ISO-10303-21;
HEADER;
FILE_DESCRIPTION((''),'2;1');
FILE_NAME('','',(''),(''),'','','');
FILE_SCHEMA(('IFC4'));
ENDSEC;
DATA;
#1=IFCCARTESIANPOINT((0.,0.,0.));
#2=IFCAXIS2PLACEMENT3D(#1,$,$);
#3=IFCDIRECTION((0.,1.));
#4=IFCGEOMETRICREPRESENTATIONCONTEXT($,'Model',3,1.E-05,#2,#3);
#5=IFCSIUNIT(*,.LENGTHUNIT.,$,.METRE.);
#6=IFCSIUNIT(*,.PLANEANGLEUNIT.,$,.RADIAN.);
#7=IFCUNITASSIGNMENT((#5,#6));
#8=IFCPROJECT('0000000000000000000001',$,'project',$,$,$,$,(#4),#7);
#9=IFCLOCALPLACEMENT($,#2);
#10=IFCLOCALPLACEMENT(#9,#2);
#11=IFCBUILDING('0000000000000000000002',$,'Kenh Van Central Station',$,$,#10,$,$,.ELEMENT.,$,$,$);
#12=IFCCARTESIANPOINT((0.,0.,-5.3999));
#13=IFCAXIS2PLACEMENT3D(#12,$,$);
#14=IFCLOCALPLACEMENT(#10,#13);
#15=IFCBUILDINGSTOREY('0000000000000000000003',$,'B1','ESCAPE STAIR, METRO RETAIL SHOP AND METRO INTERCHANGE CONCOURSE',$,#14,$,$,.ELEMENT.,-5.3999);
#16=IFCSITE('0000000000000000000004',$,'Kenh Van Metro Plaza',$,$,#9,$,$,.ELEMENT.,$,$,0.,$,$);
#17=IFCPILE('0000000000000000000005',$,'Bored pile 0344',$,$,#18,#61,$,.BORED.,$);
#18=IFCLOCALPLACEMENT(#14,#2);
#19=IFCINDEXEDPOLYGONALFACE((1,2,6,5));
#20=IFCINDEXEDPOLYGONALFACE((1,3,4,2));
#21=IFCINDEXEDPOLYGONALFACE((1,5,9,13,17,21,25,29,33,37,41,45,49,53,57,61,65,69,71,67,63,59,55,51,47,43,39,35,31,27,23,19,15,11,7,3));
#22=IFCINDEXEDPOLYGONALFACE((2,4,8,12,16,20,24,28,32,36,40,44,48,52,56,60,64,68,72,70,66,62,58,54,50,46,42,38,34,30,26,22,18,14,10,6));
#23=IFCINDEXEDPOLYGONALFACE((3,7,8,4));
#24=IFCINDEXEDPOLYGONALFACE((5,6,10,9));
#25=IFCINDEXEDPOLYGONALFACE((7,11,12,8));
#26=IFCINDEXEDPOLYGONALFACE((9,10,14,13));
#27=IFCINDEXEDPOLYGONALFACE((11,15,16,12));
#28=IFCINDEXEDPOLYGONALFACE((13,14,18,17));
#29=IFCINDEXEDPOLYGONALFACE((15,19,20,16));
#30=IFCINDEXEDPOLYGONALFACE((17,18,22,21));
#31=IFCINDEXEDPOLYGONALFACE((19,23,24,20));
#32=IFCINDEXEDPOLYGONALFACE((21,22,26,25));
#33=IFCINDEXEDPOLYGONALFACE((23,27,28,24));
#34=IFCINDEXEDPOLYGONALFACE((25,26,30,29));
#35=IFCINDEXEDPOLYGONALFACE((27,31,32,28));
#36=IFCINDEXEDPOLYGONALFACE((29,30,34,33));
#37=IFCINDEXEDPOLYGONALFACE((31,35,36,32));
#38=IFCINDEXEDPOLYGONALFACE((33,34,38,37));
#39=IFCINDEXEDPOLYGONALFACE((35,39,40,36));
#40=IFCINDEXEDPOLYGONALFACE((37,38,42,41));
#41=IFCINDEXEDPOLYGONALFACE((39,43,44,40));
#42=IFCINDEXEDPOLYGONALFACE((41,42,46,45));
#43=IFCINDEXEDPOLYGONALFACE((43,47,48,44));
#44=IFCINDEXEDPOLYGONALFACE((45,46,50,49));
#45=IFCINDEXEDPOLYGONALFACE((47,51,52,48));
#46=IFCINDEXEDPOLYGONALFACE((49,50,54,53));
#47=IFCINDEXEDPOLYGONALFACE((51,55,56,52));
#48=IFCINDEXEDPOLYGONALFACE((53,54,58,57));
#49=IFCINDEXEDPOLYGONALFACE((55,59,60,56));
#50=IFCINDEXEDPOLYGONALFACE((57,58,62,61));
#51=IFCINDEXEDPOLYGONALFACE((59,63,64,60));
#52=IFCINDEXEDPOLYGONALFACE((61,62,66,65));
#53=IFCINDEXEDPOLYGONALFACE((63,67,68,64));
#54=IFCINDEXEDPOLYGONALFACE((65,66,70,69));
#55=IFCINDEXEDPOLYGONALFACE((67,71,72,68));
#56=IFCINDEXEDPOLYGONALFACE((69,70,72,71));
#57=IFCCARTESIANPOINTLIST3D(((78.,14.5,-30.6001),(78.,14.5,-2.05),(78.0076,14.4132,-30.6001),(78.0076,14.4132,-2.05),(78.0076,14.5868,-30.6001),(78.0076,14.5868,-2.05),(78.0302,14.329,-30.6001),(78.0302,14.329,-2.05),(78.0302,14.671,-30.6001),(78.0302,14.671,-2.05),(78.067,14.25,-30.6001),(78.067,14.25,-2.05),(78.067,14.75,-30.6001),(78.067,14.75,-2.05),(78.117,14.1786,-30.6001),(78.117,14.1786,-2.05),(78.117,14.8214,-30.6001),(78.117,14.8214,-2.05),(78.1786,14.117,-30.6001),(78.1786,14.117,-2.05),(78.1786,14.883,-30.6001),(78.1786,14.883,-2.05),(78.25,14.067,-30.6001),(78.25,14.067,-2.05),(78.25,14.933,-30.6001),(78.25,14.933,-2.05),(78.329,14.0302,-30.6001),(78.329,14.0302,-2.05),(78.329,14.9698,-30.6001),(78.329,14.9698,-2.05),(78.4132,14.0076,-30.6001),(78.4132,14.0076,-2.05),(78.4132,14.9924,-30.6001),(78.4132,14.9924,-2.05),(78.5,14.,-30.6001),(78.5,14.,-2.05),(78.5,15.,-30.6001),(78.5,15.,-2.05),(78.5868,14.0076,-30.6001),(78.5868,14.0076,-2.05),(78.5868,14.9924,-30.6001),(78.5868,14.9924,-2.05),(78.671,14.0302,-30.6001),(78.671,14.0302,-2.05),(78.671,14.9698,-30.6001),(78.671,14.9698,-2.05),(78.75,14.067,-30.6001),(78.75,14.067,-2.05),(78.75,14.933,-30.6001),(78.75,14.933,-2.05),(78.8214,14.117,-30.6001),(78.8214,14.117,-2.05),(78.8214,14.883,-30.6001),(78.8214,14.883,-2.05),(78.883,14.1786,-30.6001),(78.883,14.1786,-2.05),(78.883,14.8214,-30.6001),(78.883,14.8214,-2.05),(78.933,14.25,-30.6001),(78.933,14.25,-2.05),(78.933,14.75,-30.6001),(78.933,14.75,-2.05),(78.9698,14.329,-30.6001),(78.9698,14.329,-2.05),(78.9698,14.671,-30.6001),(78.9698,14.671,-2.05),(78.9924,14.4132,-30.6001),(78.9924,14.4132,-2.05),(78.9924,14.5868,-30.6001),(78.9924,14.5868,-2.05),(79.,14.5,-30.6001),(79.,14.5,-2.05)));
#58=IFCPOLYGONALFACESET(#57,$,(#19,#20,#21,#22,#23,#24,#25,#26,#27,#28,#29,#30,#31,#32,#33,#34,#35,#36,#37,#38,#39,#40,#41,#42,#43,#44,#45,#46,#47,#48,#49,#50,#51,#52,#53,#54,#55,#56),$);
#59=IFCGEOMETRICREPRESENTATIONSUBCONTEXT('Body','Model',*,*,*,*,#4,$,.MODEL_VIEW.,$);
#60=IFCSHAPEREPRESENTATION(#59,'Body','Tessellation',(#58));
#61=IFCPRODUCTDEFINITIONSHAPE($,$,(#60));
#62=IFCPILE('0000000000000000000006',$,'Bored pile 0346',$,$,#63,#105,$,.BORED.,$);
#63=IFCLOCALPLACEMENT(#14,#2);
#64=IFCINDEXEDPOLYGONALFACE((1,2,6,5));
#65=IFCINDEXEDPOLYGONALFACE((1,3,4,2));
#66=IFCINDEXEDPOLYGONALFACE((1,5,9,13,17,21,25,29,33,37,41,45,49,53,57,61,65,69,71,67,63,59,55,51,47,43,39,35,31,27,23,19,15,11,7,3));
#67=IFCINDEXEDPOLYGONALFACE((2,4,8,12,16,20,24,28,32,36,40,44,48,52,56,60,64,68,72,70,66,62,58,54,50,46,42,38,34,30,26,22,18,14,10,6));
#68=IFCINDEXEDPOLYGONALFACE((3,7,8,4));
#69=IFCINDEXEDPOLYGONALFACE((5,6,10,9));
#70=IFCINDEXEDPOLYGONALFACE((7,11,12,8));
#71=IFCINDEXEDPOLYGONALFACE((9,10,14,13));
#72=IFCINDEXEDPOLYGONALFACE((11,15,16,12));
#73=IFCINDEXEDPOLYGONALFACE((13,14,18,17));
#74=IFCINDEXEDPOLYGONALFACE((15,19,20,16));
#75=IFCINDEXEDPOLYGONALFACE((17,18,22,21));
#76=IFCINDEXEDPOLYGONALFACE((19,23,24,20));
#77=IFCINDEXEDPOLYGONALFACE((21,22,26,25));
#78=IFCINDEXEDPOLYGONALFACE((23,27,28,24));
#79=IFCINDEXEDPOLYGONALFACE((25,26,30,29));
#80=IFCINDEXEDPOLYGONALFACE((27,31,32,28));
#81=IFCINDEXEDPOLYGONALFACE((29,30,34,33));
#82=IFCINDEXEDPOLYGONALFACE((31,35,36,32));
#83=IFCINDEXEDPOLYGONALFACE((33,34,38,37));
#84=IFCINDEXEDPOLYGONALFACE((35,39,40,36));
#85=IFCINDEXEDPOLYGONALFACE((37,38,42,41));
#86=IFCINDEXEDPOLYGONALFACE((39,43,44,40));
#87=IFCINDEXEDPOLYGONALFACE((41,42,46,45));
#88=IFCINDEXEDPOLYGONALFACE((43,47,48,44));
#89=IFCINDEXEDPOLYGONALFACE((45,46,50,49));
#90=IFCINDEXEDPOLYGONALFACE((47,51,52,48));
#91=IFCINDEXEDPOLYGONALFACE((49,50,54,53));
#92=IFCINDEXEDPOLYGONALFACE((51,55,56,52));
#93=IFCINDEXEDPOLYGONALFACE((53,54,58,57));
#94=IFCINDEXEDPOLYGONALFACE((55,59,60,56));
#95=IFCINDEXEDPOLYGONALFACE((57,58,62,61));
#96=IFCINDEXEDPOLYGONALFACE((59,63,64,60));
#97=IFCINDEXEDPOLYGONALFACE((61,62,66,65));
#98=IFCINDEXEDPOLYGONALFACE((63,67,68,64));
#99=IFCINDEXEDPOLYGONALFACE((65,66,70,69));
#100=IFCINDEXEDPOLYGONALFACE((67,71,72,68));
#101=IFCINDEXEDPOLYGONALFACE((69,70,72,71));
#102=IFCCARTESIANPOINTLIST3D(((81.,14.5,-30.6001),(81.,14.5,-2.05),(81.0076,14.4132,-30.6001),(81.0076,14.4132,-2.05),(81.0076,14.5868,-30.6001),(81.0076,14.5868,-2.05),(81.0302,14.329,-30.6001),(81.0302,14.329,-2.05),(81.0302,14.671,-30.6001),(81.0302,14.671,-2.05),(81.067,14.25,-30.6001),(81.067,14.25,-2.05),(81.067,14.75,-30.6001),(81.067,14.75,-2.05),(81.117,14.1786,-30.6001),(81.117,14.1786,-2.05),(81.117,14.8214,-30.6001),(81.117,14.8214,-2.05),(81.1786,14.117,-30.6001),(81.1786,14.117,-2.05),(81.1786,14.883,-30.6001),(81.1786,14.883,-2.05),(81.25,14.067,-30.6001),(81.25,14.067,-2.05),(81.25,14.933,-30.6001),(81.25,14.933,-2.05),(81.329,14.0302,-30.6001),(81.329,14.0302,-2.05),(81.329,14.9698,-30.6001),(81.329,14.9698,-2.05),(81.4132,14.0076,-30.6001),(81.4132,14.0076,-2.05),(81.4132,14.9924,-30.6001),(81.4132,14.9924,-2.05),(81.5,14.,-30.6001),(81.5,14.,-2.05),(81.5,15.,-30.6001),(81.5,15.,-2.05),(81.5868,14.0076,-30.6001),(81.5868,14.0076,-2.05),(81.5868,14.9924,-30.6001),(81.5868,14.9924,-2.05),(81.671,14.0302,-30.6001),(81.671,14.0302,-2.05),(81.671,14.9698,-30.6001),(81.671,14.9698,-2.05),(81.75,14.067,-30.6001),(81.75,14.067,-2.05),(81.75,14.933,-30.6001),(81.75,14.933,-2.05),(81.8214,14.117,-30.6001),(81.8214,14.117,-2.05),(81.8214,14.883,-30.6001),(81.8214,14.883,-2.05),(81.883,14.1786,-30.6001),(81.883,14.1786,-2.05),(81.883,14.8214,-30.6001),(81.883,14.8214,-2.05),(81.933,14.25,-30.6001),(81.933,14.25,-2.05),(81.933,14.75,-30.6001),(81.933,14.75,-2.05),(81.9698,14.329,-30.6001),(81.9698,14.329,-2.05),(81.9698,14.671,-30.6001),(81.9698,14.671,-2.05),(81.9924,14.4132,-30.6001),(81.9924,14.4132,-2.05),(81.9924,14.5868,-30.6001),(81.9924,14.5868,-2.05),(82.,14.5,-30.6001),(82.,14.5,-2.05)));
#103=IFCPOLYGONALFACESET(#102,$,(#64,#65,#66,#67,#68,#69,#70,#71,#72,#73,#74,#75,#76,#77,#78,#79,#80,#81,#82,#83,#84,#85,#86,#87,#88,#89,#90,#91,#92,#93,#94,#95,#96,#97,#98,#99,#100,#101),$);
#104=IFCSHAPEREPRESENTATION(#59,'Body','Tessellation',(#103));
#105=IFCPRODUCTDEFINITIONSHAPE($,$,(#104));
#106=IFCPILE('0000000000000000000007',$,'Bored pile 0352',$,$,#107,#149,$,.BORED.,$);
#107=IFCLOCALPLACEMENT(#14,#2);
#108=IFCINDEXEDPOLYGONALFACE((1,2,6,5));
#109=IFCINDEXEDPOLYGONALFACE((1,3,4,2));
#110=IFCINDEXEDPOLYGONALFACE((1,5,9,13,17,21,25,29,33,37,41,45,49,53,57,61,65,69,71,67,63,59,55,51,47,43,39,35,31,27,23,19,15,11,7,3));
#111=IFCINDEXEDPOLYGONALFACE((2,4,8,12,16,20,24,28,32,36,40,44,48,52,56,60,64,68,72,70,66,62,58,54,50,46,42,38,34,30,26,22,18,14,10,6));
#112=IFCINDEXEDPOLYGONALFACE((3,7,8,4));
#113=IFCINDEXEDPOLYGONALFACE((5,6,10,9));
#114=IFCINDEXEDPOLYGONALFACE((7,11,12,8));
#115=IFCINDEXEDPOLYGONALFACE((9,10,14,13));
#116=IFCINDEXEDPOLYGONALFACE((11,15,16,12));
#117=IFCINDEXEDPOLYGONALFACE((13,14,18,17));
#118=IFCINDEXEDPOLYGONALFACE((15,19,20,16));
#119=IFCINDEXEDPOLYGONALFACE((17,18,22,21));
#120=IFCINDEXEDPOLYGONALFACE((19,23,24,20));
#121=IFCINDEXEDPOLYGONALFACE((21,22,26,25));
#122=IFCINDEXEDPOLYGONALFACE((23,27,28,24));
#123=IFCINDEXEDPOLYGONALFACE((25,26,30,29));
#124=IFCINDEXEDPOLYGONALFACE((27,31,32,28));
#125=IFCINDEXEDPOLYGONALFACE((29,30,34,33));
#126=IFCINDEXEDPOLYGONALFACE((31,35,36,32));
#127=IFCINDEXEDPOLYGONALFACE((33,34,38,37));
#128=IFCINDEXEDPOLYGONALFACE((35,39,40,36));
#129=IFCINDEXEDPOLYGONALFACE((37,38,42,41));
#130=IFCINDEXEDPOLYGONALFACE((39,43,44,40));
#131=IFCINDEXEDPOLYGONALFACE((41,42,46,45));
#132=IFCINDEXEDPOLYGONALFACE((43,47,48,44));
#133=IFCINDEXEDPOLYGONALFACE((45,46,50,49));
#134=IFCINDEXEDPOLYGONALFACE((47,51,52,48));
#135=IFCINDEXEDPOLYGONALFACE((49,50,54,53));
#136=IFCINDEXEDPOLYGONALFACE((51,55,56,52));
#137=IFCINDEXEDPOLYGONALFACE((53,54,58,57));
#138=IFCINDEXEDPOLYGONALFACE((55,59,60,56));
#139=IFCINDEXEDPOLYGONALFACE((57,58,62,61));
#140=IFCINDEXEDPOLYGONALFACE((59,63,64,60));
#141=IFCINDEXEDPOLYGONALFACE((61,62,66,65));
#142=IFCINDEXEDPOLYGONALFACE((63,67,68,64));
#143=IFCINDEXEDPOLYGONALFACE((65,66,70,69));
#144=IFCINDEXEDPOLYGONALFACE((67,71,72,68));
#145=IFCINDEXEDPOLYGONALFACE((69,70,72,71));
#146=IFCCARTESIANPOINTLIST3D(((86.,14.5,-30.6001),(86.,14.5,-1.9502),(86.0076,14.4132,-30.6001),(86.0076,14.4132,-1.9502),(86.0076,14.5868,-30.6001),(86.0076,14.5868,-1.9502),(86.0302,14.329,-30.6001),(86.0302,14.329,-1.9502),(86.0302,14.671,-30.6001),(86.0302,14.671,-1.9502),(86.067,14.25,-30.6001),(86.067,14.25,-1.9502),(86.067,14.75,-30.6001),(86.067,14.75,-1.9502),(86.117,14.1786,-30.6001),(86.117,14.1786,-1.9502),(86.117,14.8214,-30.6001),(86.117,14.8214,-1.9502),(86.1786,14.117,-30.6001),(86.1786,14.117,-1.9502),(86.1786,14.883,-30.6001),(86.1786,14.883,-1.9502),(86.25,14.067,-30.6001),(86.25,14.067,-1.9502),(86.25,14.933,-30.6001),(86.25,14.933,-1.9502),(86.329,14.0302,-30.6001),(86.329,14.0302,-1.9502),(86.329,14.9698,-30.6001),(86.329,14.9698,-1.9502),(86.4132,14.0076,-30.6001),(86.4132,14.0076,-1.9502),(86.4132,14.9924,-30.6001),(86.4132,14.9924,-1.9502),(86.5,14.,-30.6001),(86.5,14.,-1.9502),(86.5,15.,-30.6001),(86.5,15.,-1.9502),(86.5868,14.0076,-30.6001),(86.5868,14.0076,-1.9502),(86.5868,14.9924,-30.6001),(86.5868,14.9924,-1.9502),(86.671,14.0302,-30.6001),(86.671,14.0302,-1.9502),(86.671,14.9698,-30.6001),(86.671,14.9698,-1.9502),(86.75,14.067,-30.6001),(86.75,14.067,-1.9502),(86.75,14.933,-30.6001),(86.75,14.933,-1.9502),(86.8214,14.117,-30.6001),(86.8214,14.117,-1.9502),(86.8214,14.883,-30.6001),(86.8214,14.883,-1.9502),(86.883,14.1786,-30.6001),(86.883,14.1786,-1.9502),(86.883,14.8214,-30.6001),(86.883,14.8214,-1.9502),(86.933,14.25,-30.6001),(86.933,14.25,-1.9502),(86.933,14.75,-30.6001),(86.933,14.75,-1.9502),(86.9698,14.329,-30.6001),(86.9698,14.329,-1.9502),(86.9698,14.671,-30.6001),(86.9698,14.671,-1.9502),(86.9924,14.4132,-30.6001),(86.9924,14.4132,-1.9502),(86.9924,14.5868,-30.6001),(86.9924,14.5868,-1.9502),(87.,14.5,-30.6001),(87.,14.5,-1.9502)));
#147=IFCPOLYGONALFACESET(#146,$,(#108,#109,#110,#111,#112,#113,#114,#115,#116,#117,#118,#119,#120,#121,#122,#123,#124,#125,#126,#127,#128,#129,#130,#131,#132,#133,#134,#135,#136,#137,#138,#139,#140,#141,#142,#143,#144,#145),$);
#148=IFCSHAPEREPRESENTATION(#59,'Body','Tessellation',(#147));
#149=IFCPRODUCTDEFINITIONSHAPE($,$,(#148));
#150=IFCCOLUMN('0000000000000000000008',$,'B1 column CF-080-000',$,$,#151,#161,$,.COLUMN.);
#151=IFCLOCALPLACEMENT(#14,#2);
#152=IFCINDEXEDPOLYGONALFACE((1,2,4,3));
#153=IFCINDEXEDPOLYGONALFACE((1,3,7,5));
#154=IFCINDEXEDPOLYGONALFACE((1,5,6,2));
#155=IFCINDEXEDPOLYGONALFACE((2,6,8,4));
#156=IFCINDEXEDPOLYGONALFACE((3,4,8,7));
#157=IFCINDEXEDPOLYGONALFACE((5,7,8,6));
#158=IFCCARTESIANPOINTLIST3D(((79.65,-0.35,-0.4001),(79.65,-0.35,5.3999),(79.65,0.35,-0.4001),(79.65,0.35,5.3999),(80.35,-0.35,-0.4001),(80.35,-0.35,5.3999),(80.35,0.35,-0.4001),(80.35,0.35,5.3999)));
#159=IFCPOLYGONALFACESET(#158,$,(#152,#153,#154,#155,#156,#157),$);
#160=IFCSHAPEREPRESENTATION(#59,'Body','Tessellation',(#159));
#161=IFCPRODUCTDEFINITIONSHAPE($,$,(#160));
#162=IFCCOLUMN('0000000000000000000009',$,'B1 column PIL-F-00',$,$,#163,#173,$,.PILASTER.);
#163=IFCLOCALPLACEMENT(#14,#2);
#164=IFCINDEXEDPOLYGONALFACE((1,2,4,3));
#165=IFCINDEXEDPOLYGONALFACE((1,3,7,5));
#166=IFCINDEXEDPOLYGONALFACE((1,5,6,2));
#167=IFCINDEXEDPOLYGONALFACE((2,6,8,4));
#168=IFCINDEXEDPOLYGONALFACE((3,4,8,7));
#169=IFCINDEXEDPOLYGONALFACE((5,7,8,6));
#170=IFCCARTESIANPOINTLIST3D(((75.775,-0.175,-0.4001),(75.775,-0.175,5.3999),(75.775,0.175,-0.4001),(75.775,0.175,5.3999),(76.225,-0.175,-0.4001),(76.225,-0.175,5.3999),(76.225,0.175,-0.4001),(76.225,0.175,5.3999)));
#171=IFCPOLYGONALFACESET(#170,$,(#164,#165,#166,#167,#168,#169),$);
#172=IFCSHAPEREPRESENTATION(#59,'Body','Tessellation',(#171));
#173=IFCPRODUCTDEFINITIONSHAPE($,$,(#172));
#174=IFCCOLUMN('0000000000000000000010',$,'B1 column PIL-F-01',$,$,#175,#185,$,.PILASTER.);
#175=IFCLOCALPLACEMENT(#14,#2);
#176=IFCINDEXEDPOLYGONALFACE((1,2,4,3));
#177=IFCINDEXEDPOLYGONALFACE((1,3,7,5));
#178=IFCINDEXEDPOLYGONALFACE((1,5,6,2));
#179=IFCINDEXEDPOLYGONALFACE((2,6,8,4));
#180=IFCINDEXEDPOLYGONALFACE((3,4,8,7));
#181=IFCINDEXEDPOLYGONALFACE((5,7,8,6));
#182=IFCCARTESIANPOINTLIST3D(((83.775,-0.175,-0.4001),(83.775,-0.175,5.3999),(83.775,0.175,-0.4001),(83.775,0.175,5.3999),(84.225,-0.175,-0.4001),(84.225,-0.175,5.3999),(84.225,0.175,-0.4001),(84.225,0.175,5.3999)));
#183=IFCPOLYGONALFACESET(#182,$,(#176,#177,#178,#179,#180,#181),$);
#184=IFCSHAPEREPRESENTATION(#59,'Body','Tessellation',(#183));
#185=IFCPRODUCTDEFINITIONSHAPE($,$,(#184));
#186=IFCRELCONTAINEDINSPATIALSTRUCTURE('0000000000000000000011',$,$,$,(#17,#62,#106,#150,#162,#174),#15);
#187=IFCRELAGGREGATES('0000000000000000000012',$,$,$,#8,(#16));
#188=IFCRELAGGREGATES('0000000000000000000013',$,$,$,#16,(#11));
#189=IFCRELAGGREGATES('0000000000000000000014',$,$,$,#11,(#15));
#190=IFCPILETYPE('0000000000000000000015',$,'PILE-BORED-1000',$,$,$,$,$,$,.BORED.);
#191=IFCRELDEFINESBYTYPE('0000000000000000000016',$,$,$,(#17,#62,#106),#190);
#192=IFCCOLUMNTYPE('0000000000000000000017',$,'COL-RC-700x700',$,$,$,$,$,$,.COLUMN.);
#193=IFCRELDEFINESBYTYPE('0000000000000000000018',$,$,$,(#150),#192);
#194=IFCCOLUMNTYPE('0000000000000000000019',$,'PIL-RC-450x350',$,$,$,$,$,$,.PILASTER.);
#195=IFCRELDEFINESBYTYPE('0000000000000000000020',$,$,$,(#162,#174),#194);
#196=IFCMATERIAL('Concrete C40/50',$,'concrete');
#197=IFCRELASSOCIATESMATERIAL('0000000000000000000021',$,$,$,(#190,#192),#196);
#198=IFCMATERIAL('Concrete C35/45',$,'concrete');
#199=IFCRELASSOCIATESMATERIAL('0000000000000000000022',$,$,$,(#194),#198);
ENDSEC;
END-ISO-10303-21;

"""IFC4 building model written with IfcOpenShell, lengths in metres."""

from ifc_helpers import new_model, si_unit, direction, frame, origin, origin_2d, place, context, subcontext, project, spatial, rectangle, circle, extrude, material, material_profile, profile_set, type_object, element, save


model = new_model("IFC4")

# Units and contexts
model_context = context("Model", 3, precision=1e-05, world=origin(), true_north=direction((0.0, 1.0)))
body_context = subcontext(model_context, "Body", "Model", "MODEL_VIEW")
ifc_project = project(units=[si_unit("LENGTHUNIT", "METRE"), si_unit("PLANEANGLEUNIT", "RADIAN")], contexts=[model_context])

# Site, building, storey
site_placement = place(None, origin())
site = spatial("IfcSite", under=ifc_project, at=site_placement, Name="Kenh Van Metro Plaza", CompositionType="ELEMENT", RefElevation=0.0)
building_placement = place(site_placement, origin())
building = spatial("IfcBuilding", under=site, at=building_placement, Name="Kenh Van Central Station", CompositionType="ELEMENT")
storey_placement = place(building_placement, frame((0.0, 0.0, -5.3999)))
storey = spatial("IfcBuildingStorey", under=building, at=storey_placement, Name="B1", Description="ESCAPE STAIR, METRO RETAIL SHOP AND METRO INTERCHANGE CONCOURSE", CompositionType="ELEMENT", Elevation=-5.3999)

# Shared definitions
ifc_material_1 = material(Name="Concrete C40/50", Category="concrete")

# Piles
ifc_material_profile_1 = material_profile(ifc_material_1, circle(Radius=0.5, at=origin_2d()), Name="PILE D1000")
ifc_profile_set_1 = profile_set([ifc_material_profile_1], Name="Concrete C40/50")
pile_type = type_object("IfcPileType", Name="PILE-BORED-1000", PredefinedType="BORED", material=ifc_profile_set_1)
for number, where, z_axis, x_axis, name in (
    (1, (78.5, 14.5, -2.05), (0.0, 0.0, -1.0), (1.0, 0.0, 0.0), "Bored pile 0344"),
    (2, (81.5, 14.5, -2.05), (0.0, 0.0, -1.0), (1.0, 0.0, 0.0), "Bored pile 0346"),
):
    element("IfcPile", number, at=place(storey_placement, frame(where, z_axis=z_axis, x_axis=x_axis)), inside=storey, type_object=pile_type, Name=name, PredefinedType="BORED", context=body_context, shape_type="SweptSolid", body=[
        extrude(circle(Radius=0.5, at=origin_2d()), origin(), (0.0, 0.0, 1.0), 28.55),
    ])
pile_1_placement = place(storey_placement, frame((86.5, 14.5, -1.9502), z_axis=(0.0, 0.0, -1.0), x_axis=(1.0, 0.0, 0.0)))
element("IfcPile", 3, at=pile_1_placement, inside=storey, type_object=pile_type, Name="Bored pile 0352", PredefinedType="BORED", context=body_context, shape_type="SweptSolid", body=[
    extrude(circle(Radius=0.5, at=origin_2d()), origin(), (0.0, 0.0, 1.0), 28.6499),
])

# Columns
ifc_material_profile_2 = material_profile(ifc_material_1, rectangle(XDim=0.7, YDim=0.7, at=origin_2d()), Name="RC 700x700")
ifc_profile_set_2 = profile_set([ifc_material_profile_2], Name="Concrete C40/50")
column_type_1 = type_object("IfcColumnType", Name="COL-RC-700x700", PredefinedType="COLUMN", material=ifc_profile_set_2)
column_placement = place(storey_placement, frame((80.0, 0.0, -0.4001), z_axis=(0.0, 0.0, 1.0), x_axis=(1.0, 0.0, 0.0)))
element("IfcColumn", 4, at=column_placement, inside=storey, type_object=column_type_1, Name="B1 column CF-080-000", PredefinedType="COLUMN", context=body_context, shape_type="SweptSolid", body=[
    extrude(rectangle(XDim=0.7, YDim=0.7, at=origin_2d()), origin(), (0.0, 0.0, 1.0), 5.8),
])
ifc_material_2 = material(Name="Concrete C35/45", Category="concrete")
ifc_material_profile_3 = material_profile(ifc_material_2, rectangle(XDim=0.45, YDim=0.3501, at=origin_2d()), Name="RC 450x350")
ifc_profile_set_3 = profile_set([ifc_material_profile_3], Name="Concrete C35/45")
column_type_2 = type_object("IfcColumnType", Name="PIL-RC-450x350", PredefinedType="PILASTER", material=ifc_profile_set_3)
for number, where, z_axis, x_axis, name in (
    (5, (76.0, 0.0, -0.4001), (0.0, 0.0, 1.0), (1.0, 0.0, 0.0), "B1 column PIL-F-00"),
    (6, (84.0, 0.0, -0.4001), (0.0, 0.0, 1.0), (1.0, 0.0, 0.0), "B1 column PIL-F-01"),
):
    element("IfcColumn", number, at=place(storey_placement, frame(where, z_axis=z_axis, x_axis=x_axis)), inside=storey, type_object=column_type_2, Name=name, PredefinedType="PILASTER", context=body_context, shape_type="SweptSolid", body=[
        extrude(rectangle(XDim=0.45, YDim=0.3501, at=origin_2d()), origin(), (0.0, 0.0, 1.0), 5.8),
    ])

save(model, "model.ifc")
